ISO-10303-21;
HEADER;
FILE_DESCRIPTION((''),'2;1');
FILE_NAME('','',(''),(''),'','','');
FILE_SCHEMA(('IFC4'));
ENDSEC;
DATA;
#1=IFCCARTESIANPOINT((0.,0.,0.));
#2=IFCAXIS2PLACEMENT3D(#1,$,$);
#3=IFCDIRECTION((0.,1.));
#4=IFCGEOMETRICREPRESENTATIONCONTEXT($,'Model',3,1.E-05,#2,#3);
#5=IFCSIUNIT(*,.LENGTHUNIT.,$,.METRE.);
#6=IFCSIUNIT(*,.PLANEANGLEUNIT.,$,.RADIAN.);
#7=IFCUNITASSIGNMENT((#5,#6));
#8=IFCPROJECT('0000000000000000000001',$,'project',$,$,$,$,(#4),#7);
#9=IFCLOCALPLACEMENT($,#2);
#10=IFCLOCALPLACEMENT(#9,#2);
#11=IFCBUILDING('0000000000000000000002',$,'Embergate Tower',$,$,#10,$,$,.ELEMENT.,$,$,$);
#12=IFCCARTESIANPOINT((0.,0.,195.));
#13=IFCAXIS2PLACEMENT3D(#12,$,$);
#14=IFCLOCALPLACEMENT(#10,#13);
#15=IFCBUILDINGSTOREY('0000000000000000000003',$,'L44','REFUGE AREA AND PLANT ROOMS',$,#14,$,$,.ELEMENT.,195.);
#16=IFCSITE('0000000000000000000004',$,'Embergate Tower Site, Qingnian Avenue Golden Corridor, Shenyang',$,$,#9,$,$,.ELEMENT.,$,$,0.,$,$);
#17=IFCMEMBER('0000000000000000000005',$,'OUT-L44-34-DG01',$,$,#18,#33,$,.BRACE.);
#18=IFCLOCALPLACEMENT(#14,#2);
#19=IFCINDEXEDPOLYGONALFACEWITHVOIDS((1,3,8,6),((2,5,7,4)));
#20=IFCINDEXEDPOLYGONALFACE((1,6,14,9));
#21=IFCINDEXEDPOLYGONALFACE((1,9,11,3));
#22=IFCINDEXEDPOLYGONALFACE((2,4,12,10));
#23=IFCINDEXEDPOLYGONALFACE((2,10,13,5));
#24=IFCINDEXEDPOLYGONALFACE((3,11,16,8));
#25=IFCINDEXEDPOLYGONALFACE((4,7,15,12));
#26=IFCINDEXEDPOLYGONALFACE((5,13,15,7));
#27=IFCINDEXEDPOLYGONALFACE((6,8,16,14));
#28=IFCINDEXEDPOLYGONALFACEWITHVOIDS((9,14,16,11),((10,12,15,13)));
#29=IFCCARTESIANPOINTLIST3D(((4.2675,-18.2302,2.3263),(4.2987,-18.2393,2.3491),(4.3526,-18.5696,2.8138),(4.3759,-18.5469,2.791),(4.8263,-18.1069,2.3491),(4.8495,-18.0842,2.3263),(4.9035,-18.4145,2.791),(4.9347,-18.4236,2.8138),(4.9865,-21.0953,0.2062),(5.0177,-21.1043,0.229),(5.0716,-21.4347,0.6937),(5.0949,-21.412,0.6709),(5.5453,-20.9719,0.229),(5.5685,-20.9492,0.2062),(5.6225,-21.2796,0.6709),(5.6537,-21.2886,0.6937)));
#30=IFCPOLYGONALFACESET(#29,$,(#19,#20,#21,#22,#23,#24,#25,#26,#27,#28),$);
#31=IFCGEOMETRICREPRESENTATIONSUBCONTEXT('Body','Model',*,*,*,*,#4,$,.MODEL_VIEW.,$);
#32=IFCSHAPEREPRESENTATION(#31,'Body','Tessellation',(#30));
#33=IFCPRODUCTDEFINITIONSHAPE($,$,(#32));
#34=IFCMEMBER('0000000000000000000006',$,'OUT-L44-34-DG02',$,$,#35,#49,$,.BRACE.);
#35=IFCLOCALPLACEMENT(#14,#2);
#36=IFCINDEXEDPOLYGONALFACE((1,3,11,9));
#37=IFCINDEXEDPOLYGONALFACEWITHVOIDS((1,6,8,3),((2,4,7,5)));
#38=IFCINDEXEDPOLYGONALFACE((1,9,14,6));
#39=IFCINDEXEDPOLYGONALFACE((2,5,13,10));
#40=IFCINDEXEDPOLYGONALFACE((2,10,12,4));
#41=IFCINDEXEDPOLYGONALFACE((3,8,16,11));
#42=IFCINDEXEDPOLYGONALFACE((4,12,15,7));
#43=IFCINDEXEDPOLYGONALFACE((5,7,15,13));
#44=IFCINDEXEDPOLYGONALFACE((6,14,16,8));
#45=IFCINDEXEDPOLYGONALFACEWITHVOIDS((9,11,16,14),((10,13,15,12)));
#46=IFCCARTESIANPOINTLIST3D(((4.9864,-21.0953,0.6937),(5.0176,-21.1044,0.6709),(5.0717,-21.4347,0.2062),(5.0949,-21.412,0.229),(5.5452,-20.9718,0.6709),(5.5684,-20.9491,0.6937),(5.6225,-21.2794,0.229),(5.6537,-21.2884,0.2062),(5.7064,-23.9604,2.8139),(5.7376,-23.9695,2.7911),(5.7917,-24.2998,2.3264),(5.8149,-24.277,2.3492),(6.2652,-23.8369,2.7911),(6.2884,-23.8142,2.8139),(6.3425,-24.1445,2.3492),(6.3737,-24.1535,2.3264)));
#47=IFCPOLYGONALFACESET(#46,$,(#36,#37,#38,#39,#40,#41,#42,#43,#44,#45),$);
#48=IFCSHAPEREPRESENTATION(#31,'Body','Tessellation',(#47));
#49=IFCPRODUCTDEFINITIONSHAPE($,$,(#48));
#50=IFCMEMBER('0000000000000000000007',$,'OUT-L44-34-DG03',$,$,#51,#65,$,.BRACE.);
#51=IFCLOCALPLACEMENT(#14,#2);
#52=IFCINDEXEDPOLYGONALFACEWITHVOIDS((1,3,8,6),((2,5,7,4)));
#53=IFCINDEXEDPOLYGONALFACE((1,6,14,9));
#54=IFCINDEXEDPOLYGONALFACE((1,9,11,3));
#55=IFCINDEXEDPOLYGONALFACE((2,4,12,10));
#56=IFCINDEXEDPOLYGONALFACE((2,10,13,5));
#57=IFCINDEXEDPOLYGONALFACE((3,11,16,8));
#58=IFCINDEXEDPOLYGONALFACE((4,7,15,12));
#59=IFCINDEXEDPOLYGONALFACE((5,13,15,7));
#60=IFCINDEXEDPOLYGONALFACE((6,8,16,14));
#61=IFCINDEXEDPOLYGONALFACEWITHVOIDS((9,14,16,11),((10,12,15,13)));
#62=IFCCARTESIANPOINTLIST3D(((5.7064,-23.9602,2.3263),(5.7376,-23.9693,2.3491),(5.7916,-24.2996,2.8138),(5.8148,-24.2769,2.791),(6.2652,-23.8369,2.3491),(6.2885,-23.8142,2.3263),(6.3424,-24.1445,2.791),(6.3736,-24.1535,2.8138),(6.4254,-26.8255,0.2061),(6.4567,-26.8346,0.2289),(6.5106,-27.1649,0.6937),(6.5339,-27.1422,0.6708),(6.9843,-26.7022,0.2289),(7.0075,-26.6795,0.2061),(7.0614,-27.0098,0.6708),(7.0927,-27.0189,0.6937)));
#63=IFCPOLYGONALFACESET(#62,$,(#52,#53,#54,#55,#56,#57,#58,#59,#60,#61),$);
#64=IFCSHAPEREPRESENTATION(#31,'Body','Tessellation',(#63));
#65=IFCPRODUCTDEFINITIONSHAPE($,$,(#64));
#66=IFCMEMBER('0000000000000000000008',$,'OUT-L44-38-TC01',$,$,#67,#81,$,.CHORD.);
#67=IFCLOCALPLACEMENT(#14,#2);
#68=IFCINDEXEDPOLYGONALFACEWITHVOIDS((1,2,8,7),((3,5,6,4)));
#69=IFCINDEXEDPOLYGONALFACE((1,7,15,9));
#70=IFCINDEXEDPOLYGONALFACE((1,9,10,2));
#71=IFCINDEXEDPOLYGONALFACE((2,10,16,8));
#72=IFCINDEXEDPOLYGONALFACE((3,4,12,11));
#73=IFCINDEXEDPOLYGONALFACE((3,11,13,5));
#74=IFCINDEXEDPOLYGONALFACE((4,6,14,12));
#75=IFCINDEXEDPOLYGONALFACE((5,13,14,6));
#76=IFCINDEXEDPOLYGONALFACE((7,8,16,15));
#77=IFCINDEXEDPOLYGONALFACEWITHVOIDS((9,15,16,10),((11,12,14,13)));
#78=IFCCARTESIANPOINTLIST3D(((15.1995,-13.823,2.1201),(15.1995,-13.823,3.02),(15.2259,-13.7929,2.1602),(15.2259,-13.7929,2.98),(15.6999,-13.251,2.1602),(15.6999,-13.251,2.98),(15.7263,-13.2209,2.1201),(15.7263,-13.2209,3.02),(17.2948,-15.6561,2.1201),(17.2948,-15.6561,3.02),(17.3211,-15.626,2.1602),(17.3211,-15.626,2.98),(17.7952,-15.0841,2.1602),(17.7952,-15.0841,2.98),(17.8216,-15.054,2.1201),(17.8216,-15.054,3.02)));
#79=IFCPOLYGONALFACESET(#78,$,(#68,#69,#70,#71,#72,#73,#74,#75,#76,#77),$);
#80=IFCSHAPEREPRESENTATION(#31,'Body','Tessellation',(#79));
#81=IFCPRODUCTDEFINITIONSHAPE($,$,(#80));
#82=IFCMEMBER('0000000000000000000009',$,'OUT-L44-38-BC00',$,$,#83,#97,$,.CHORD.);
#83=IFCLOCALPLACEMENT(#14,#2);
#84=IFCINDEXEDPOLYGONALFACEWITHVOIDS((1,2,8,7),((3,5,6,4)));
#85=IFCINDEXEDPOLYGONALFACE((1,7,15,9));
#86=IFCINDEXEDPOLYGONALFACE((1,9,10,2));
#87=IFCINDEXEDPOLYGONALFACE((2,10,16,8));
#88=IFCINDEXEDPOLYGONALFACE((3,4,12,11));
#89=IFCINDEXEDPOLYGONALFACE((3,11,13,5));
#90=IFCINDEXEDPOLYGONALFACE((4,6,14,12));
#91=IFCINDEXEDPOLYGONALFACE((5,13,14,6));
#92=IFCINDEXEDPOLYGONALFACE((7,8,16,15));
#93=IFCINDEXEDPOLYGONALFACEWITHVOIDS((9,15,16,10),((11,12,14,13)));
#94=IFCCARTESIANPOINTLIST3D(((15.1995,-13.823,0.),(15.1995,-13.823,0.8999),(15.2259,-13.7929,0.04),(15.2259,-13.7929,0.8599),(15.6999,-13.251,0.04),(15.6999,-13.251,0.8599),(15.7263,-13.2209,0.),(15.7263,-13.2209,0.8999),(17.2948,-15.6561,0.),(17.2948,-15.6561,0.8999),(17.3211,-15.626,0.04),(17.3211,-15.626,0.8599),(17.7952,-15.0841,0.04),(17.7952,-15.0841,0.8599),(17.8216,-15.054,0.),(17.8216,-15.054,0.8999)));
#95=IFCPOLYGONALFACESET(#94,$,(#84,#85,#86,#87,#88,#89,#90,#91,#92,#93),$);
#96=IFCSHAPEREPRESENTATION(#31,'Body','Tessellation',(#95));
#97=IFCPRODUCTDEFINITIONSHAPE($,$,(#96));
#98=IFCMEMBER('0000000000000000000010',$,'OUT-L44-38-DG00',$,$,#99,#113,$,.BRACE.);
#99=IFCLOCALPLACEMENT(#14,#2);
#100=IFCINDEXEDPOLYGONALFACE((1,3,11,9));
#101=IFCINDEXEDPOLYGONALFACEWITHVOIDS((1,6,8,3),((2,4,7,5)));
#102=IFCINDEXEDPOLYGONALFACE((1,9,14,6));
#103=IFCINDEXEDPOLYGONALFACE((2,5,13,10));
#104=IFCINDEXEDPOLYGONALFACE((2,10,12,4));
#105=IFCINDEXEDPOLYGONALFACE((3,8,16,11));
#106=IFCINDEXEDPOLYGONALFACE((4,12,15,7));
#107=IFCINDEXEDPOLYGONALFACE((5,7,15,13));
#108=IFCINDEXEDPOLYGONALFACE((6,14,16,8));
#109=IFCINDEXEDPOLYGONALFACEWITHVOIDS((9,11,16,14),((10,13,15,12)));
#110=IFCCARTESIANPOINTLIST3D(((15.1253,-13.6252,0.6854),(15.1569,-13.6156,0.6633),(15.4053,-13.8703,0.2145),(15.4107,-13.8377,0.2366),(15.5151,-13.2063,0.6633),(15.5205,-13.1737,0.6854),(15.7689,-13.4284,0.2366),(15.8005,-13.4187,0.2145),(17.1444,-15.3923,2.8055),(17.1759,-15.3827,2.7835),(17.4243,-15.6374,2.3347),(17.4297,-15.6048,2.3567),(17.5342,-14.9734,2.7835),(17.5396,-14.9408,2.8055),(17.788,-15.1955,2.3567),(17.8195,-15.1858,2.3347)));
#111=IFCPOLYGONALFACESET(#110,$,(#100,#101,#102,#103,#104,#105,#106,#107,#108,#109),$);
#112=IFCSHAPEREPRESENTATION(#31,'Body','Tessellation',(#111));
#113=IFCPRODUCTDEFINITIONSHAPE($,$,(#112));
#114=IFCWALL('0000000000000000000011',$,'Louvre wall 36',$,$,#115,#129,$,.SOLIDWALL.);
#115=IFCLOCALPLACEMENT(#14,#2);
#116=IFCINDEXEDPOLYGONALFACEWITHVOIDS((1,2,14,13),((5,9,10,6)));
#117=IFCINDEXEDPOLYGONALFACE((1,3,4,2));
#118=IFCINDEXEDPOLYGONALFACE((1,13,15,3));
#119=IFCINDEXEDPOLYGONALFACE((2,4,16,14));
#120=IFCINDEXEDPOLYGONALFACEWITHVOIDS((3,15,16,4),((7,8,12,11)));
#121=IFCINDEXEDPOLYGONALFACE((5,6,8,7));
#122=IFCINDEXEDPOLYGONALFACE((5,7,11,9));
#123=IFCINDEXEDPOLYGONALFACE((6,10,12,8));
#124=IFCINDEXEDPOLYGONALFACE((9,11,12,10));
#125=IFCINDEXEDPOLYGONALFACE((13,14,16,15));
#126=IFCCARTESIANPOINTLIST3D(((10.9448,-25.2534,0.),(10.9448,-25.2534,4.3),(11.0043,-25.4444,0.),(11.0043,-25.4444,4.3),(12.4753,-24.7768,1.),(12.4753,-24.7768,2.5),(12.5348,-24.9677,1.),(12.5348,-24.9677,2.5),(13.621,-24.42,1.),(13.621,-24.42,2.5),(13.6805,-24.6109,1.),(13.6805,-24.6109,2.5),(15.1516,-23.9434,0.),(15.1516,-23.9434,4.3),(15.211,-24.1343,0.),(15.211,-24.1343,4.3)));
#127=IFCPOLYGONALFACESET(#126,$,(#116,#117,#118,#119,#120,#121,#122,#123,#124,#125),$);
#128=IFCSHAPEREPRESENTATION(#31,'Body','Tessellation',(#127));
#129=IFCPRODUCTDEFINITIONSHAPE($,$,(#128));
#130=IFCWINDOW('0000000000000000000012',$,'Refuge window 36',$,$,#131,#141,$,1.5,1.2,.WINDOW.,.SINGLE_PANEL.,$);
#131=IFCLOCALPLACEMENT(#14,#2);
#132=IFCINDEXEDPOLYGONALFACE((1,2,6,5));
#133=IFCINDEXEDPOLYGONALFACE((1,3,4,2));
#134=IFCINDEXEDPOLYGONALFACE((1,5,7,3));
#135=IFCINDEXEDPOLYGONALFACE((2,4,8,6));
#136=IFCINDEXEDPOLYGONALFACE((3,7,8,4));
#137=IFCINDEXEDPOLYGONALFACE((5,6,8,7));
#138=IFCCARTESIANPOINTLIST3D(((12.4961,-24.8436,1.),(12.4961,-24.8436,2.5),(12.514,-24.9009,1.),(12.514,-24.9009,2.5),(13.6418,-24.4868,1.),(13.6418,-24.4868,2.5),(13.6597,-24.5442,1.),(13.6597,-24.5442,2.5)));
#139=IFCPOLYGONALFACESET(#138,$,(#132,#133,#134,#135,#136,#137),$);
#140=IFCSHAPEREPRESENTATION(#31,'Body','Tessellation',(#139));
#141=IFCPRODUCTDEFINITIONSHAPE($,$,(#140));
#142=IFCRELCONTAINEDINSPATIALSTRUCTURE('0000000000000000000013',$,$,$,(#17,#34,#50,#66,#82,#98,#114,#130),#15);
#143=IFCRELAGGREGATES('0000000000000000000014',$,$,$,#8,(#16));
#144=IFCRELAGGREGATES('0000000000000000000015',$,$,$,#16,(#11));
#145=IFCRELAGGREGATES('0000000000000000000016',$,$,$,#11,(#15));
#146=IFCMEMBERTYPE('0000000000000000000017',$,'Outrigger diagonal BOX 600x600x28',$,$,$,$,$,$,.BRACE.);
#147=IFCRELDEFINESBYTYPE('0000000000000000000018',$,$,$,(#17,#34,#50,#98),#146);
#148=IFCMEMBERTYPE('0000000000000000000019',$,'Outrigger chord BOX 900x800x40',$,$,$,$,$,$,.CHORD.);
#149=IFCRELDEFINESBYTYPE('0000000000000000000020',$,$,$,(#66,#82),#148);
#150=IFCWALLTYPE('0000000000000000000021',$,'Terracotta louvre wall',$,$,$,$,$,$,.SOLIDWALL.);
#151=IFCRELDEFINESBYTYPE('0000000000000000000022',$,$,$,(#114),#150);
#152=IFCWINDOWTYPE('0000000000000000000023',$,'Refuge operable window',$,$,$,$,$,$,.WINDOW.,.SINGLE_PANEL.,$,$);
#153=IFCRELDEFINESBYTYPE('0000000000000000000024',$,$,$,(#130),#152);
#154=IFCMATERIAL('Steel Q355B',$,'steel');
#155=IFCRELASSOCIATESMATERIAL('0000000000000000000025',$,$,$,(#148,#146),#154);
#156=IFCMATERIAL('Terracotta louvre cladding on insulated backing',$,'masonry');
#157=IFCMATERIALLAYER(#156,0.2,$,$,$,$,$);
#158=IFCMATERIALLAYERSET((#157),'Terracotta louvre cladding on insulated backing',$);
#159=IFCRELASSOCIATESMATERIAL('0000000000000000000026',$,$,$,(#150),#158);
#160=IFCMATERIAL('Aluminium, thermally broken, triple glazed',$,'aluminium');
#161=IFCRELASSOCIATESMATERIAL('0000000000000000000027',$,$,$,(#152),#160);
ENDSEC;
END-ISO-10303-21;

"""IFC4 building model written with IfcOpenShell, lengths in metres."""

from ifc_helpers import new_model, si_unit, direction, frame, frame_2d, origin, origin_2d, place, context, subcontext, project, spatial, rectangle, hollow_rectangle, extrude, source, transform, mapped, material, layer, layer_set, material_profile, profile_set, type_object, element, fill, save


model = new_model("IFC4")

# Units and contexts
model_context = context("Model", 3, precision=1e-05, world=origin(), true_north=direction((0.0, 1.0)))
body_context = subcontext(model_context, "Body", "Model", "MODEL_VIEW")
ifc_project = project(units=[si_unit("LENGTHUNIT", "METRE"), si_unit("PLANEANGLEUNIT", "RADIAN")], contexts=[model_context])

# Site, building, storey
site_placement = place(None, origin())
site = spatial("IfcSite", under=ifc_project, at=site_placement, Name="Embergate Tower Site, Qingnian Avenue Golden Corridor, Shenyang", CompositionType="ELEMENT", RefElevation=0.0)
building_placement = place(site_placement, origin())
building = spatial("IfcBuilding", under=site, at=building_placement, Name="Embergate Tower", CompositionType="ELEMENT")
storey_placement = place(building_placement, frame((0.0, 0.0, 195.0)))
storey = spatial("IfcBuildingStorey", under=building, at=storey_placement, Name="L44", Description="REFUGE AREA AND PLANT ROOMS", CompositionType="ELEMENT", Elevation=195.0)

# Members
ifc_material_1 = material(Name="Steel Q355B", Category="steel")
ifc_material_profile_1 = material_profile(ifc_material_1, hollow_rectangle(XDim=0.8, YDim=0.8999, WallThickness=0.04, at=origin_2d()), Name="BOX 900x800x40")
ifc_profile_set_1 = profile_set([ifc_material_profile_1], Name="Steel Q355 grade B")
member_type_1 = type_object("IfcMemberType", Name="Outrigger chord BOX 900x800x40", PredefinedType="CHORD", material=ifc_profile_set_1)
ifc_material_profile_2 = material_profile(ifc_material_1, hollow_rectangle(XDim=0.6001, YDim=0.6001, WallThickness=0.0281, at=origin_2d()), Name="BOX 600x600x28")
ifc_profile_set_2 = profile_set([ifc_material_profile_2], Name="Steel Q355 grade B")
member_type_2 = type_object("IfcMemberType", Name="Outrigger diagonal BOX 600x600x28", PredefinedType="BRACE", material=ifc_profile_set_2)
shared_shape_1 = source(origin(), body_context, "Body", "SweptSolid", [
    extrude(hollow_rectangle(XDim=0.6001, YDim=0.6001, WallThickness=0.0281, at=origin_2d()), origin(), (0.0, 0.0, 1.0), 3.636),
])
member_1_placement = place(storey_placement, frame((4.6011, -18.3269, 2.5701), z_axis=(0.197747, -0.787965, -0.583101), x_axis=(0.969923, 0.243411, 0.0)))
element("IfcMember", 1, at=member_1_placement, inside=storey, type_object=member_type_2, Name="OUT-L44-34-DG01", PredefinedType="BRACE", context=body_context, shape_type="MappedRepresentation", body=[
    mapped(shared_shape_1, transform((0.0, 0.0, 0.0))),
])
shared_shape_2 = source(origin(), body_context, "Body", "SweptSolid", [
    extrude(hollow_rectangle(XDim=0.6001, YDim=0.6001, WallThickness=0.0281, at=origin_2d()), origin(), (0.0, 0.0, 1.0), 3.6362),
])
for number, where, z_axis, x_axis, name in (
    (2, (5.3201, -21.1919, 0.45), (0.198005, -0.787923, 0.58307), (0.969845, 0.243722, 0.0), "OUT-L44-34-DG02"),
    (3, (6.04, -24.0569, 2.5701), (0.197736, -0.787991, -0.58307), (0.969928, 0.243391, 0.0), "OUT-L44-34-DG03"),
):
    element("IfcMember", number, at=place(storey_placement, frame(where, z_axis=z_axis, x_axis=x_axis)), inside=storey, type_object=member_type_2, Name=name, PredefinedType="BRACE", context=body_context, shape_type="MappedRepresentation", body=[
        mapped(shared_shape_2, transform((0.0, 0.0, 0.0))),
    ])
shared_shape_3 = source(origin(), body_context, "Body", "SweptSolid", [
    extrude(hollow_rectangle(XDim=0.8, YDim=0.8999, WallThickness=0.04, at=origin_2d()), origin(), (0.0, 0.0, 1.0), 2.7839),
])
for number, where, z_axis, x_axis, name in (
    (4, (15.4629, -13.522, 2.5701), (0.752631, -0.658443, 0.0), (0.658443, 0.752631, 0.0), "OUT-L44-38-TC01"),
    (5, (15.4629, -13.522, 0.45), (0.752631, -0.658443, 0.0), (0.658443, 0.752631, 0.0), "OUT-L44-38-BC00"),
):
    element("IfcMember", number, at=place(storey_placement, frame(where, z_axis=z_axis, x_axis=x_axis)), inside=storey, type_object=member_type_1, Name=name, PredefinedType="CHORD", context=body_context, shape_type="MappedRepresentation", body=[
        mapped(shared_shape_3, transform((0.0, 0.0, 0.0))),
    ])
shared_shape_4 = source(origin(), body_context, "Body", "SweptSolid", [
    extrude(hollow_rectangle(XDim=0.6001, YDim=0.6001, WallThickness=0.0281, at=origin_2d()), origin(), (0.0, 0.0, 1.0), 3.4197),
])
member_2_placement = place(storey_placement, frame((15.4629, -13.522, 0.45), z_axis=(0.590423, -0.516745, 0.61998), x_axis=(0.658595, 0.752498, 0.0)))
element("IfcMember", 6, at=member_2_placement, inside=storey, type_object=member_type_2, Name="OUT-L44-38-DG00", PredefinedType="BRACE", context=body_context, shape_type="MappedRepresentation", body=[
    mapped(shared_shape_4, transform((0.0, 0.0, 0.0))),
])

# Wall, opening, window
ifc_material_2 = material(Name="Terracotta louvre cladding on insulated backing", Category="masonry")
ifc_layer = layer(ifc_material_2, 0.2)
ifc_layer_set = layer_set([ifc_layer], Name="Terracotta louvre cladding on insulated backing")
wall_type = type_object("IfcWallType", Name="Terracotta louvre wall", PredefinedType="SOLIDWALL", material=ifc_layer_set)
shared_shape_5 = source(origin(), body_context, "Body", "SweptSolid", [
    extrude(rectangle(XDim=4.406, YDim=0.2, at=frame_2d((2.2031, 0.0))), origin(), (0.0, 0.0, 1.0), 4.3),
])
wall_placement = place(storey_placement, frame((15.1814, -24.0388, 0.0), z_axis=(0.0, 0.0, 1.0), x_axis=(-0.954774, -0.297331, 0.0)))
wall = element("IfcWall", 7, at=wall_placement, inside=storey, type_object=wall_type, Name="Louvre wall 36", PredefinedType="SOLIDWALL", context=body_context, shape_type="MappedRepresentation", body=[
    mapped(shared_shape_5, transform((0.0, 0.0, 0.0))),
])
shared_shape_6 = source(origin(), body_context, "Body", "SweptSolid", [
    extrude(rectangle(XDim=1.2, YDim=1.5, at=frame_2d((0.6001, 0.75))), frame((0.0, 0.1099, 0.0), z_axis=(0.0, -1.0, 0.0), x_axis=(1.0, 0.0, 0.0)), (0.0, 0.0, 1.0), 0.22),
])
opening_placement = place(wall_placement, frame((1.603, 0.0, 1.0)))
opening = element("IfcOpeningElement", 8, at=opening_placement, cuts=wall, PredefinedType="OPENING", context=body_context, shape_type="MappedRepresentation", body=[
    mapped(shared_shape_6, transform((0.0, 0.0, 0.0))),
])
ifc_material_3 = material(Name="Aluminium, thermally broken, triple glazed", Category="aluminium")
window_type = type_object("IfcWindowType", Name="Refuge operable window", PartitioningType="SINGLE_PANEL", PredefinedType="WINDOW", material=ifc_material_3)
shared_shape_7 = source(origin(), body_context, "Body", "SweptSolid", [
    extrude(rectangle(XDim=1.2, YDim=1.5, at=frame_2d((0.6001, 0.75))), frame((0.0, 0.03, 0.0), z_axis=(0.0, -1.0, 0.0), x_axis=(1.0, 0.0, 0.0)), (0.0, 0.0, 1.0), 0.0601),
])
window_placement = place(opening_placement, origin())
window = element("IfcWindow", 9, at=window_placement, inside=storey, type_object=window_type, Name="Refuge window 36", OverallHeight=1.5, OverallWidth=1.2, PartitioningType="SINGLE_PANEL", PredefinedType="WINDOW", context=body_context, shape_type="MappedRepresentation", body=[
    mapped(shared_shape_7, transform((0.0, 0.0, 0.0))),
])
fill(opening, window)

save(model, "model.ifc")
